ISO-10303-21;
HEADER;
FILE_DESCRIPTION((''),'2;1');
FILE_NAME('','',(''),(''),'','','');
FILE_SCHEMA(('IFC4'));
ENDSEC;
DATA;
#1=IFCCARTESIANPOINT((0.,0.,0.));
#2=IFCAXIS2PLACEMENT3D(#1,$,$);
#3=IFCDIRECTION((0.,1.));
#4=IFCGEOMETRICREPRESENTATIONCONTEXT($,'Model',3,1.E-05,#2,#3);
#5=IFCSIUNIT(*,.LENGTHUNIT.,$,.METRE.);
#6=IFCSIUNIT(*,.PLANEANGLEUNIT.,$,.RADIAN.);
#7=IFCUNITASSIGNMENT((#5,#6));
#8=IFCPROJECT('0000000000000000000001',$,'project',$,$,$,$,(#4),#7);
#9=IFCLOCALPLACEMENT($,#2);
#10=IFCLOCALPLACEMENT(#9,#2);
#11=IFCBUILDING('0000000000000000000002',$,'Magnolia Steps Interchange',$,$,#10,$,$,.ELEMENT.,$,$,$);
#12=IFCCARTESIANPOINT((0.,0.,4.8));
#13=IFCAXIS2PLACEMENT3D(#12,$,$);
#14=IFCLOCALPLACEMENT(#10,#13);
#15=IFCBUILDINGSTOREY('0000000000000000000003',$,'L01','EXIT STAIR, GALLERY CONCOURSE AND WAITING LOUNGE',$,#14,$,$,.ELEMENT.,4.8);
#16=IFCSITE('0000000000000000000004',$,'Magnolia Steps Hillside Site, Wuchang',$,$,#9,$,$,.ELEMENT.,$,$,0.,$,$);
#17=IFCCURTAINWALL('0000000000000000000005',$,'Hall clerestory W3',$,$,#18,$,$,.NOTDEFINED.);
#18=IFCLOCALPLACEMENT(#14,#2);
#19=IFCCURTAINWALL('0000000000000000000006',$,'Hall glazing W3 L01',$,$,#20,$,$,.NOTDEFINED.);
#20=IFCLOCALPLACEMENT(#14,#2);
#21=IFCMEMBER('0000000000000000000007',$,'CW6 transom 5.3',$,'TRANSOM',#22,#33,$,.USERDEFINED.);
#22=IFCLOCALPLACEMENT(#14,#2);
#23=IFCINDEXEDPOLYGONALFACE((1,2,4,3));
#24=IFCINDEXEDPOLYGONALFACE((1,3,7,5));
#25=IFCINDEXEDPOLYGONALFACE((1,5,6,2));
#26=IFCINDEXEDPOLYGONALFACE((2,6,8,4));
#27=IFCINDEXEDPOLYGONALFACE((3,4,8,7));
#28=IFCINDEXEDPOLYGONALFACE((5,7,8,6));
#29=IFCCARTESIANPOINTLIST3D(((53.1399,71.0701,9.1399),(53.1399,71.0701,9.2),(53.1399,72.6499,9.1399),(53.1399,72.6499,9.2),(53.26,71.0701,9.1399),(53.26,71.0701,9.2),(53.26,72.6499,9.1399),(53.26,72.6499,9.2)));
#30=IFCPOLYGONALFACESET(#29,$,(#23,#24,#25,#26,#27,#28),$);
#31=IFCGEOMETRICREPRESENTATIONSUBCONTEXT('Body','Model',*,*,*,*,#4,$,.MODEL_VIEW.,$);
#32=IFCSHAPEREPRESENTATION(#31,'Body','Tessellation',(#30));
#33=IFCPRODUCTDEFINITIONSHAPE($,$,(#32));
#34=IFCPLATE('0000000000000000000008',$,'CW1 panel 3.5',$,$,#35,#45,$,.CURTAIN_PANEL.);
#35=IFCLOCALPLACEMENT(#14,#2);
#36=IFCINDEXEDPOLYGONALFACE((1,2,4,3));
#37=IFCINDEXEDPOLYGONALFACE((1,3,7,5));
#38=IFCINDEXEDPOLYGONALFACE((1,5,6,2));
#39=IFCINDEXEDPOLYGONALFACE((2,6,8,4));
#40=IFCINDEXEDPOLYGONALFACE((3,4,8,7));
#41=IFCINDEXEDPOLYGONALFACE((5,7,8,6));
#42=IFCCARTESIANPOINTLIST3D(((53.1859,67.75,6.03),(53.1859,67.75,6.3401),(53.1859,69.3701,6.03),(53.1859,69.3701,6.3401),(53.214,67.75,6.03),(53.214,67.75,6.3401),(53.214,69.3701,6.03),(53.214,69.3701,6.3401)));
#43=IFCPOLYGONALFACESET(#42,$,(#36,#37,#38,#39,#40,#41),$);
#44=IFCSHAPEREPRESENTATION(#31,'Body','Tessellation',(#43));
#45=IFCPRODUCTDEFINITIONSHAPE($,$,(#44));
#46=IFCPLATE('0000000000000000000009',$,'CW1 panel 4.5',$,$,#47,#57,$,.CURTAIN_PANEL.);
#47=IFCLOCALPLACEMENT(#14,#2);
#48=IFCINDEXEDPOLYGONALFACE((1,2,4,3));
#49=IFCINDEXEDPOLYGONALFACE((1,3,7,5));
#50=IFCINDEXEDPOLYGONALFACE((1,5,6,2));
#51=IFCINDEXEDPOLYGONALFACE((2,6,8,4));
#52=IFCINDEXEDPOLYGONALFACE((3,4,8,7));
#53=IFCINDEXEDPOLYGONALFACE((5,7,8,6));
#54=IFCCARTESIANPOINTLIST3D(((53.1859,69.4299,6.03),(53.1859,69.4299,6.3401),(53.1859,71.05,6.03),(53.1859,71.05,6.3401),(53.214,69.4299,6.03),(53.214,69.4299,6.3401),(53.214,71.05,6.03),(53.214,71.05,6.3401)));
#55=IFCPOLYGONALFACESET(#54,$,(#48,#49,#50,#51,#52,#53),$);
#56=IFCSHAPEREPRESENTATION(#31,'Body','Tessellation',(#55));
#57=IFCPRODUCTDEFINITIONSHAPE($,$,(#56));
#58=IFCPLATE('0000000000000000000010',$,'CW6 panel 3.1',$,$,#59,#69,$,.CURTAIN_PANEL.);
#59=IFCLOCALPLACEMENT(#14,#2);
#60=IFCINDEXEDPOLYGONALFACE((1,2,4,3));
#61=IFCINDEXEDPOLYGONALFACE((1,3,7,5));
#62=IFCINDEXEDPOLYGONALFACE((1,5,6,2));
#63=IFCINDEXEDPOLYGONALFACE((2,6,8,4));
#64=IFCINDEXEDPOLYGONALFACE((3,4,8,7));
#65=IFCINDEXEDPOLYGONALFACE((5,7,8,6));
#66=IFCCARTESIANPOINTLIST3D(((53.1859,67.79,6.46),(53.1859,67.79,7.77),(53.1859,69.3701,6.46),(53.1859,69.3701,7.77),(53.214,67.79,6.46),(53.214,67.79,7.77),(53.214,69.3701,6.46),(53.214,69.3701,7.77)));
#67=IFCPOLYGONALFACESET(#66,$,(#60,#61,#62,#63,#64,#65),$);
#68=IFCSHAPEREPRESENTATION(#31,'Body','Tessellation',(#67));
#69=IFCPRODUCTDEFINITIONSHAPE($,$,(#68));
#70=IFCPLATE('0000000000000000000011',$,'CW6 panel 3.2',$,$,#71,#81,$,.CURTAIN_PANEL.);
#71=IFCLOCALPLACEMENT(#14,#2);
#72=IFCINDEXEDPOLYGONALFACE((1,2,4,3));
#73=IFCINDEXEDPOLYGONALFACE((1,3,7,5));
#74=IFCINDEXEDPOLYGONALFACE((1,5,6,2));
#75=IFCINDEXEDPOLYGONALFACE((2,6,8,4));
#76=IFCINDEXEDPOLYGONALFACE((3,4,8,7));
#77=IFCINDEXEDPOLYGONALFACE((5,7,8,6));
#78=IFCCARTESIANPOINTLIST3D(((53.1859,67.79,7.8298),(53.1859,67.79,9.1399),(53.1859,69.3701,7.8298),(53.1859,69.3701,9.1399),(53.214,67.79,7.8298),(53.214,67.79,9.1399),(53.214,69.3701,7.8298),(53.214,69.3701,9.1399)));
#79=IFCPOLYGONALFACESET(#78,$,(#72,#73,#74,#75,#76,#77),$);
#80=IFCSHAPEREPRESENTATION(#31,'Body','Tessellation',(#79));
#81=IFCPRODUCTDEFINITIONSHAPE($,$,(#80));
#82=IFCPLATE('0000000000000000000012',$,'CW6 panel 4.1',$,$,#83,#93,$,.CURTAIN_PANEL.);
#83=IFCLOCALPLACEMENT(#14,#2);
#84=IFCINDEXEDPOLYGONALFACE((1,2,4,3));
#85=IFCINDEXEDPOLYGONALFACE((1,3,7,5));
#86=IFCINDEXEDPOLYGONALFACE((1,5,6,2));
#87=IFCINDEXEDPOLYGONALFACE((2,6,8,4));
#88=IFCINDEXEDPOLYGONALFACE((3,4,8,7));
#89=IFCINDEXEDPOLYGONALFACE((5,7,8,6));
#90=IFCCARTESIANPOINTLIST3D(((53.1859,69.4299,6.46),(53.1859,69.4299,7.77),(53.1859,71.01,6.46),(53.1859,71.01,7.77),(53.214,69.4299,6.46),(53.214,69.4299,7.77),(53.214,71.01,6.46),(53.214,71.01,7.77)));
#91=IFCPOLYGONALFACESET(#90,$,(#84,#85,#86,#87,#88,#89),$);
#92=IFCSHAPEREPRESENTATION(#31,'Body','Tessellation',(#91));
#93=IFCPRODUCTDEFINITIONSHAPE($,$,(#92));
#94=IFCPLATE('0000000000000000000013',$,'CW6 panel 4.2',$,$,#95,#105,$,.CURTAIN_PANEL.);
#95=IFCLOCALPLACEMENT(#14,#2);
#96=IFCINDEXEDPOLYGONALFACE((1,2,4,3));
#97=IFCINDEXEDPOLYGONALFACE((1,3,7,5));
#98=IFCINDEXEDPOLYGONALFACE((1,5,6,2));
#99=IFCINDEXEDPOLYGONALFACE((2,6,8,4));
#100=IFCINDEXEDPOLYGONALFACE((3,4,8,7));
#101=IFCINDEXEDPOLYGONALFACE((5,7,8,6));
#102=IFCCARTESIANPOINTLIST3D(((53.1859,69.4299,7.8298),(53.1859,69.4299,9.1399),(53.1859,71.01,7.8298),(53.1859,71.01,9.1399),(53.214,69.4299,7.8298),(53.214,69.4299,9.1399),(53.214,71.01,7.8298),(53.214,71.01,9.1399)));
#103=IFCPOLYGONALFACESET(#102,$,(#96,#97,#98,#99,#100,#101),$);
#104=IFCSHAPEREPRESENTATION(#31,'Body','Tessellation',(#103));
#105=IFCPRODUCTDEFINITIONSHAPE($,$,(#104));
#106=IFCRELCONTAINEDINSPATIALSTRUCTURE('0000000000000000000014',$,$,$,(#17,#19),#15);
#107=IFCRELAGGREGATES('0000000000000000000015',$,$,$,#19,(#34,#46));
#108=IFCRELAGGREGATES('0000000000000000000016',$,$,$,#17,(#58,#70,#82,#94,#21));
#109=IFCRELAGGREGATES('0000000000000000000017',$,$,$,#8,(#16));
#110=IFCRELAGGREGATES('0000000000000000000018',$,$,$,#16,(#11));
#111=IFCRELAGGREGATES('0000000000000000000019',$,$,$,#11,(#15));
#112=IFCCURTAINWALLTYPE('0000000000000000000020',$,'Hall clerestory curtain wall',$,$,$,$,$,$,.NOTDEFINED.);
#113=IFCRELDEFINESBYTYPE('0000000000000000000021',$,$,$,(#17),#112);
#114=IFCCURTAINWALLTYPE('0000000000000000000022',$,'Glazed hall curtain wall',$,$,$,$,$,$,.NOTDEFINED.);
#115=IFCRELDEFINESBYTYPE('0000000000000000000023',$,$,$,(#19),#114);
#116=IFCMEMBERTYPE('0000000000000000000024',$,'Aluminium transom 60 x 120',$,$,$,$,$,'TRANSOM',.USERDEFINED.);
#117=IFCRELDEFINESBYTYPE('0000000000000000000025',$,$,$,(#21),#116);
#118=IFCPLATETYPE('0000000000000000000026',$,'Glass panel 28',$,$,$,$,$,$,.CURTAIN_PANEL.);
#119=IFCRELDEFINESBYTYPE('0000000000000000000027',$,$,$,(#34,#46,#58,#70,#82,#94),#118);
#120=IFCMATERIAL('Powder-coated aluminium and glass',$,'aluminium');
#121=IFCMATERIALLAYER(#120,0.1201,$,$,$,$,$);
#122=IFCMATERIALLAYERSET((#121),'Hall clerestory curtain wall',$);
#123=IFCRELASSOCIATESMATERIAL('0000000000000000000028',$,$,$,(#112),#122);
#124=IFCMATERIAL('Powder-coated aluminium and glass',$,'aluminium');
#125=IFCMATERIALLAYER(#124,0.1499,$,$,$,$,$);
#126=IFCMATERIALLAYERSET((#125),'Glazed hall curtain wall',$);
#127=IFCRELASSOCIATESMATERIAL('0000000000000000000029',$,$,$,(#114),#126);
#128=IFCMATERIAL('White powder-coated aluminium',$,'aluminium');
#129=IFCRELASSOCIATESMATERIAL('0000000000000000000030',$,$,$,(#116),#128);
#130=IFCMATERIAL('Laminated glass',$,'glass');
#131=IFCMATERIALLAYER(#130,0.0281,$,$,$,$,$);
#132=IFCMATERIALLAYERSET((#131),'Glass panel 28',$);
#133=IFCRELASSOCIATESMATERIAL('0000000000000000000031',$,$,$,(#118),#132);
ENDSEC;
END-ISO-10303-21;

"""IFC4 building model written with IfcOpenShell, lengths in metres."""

from ifc_helpers import new_model, si_unit, direction, frame, origin, origin_2d, place, context, subcontext, project, spatial, rectangle, extrude, material, layer, layer_set, material_profile, profile_set, type_object, element, aggregate, save


model = new_model("IFC4")

# Units and contexts
model_context = context("Model", 3, precision=1e-05, world=origin(), true_north=direction((0.0, 1.0)))
body_context = subcontext(model_context, "Body", "Model", "MODEL_VIEW")
ifc_project = project(units=[si_unit("LENGTHUNIT", "METRE"), si_unit("PLANEANGLEUNIT", "RADIAN")], contexts=[model_context])

# Site, building, storey
site_placement = place(None, origin())
site = spatial("IfcSite", under=ifc_project, at=site_placement, Name="Magnolia Steps Hillside Site, Wuchang", CompositionType="ELEMENT", RefElevation=0.0)
building_placement = place(site_placement, origin())
building = spatial("IfcBuilding", under=site, at=building_placement, Name="Magnolia Steps Interchange", CompositionType="ELEMENT")
storey_placement = place(building_placement, frame((0.0, 0.0, 4.8)))
storey = spatial("IfcBuildingStorey", under=building, at=storey_placement, Name="L01", Description="EXIT STAIR, GALLERY CONCOURSE AND WAITING LOUNGE", CompositionType="ELEMENT", Elevation=4.8)

# Curtain walls
ifc_material_1 = material(Name="Powder-coated aluminium and glass", Category="aluminium")
ifc_layer_1 = layer(ifc_material_1, 0.1201)
ifc_layer_set_1 = layer_set([ifc_layer_1], Name="Hall clerestory curtain wall")
curtain_wall_type_1 = type_object("IfcCurtainWallType", Name="Hall clerestory curtain wall", PredefinedType="NOTDEFINED", material=ifc_layer_set_1)
curtain_wall_1_placement = place(storey_placement, origin())
curtain_wall_1 = element("IfcCurtainWall", 1, at=curtain_wall_1_placement, inside=storey, type_object=curtain_wall_type_1, Name="Hall clerestory W3", PredefinedType="NOTDEFINED")
ifc_material_2 = material(Name="Powder-coated aluminium and glass", Category="aluminium")
ifc_layer_2 = layer(ifc_material_2, 0.1499)
ifc_layer_set_2 = layer_set([ifc_layer_2], Name="Glazed hall curtain wall")
curtain_wall_type_2 = type_object("IfcCurtainWallType", Name="Glazed hall curtain wall", PredefinedType="NOTDEFINED", material=ifc_layer_set_2)
curtain_wall_2_placement = place(storey_placement, origin())
curtain_wall_2 = element("IfcCurtainWall", 2, at=curtain_wall_2_placement, inside=storey, type_object=curtain_wall_type_2, Name="Hall glazing W3 L01", PredefinedType="NOTDEFINED")
ifc_material_3 = material(Name="White powder-coated aluminium", Category="aluminium")
ifc_material_profile_1 = material_profile(ifc_material_3, rectangle(XDim=0.0601, YDim=0.1201, at=origin_2d()), Name="Aluminium transom 60 x 120")
ifc_profile_set_1 = profile_set([ifc_material_profile_1], Name="White powder-coated aluminium")
member_type_1 = type_object("IfcMemberType", Name="Aluminium transom 60 x 120", ElementType="TRANSOM", PredefinedType="USERDEFINED", material=ifc_profile_set_1)

# Member
member_1_placement = place(storey_placement, frame((53.2, 71.0701, 9.1699), z_axis=(0.0, 1.0, 0.0), x_axis=(0.0, 0.0, 1.0)))
member_1 = element("IfcMember", 3, at=member_1_placement, type_object=member_type_1, Name="CW6 transom 5.3", ObjectType="TRANSOM", PredefinedType="USERDEFINED", context=body_context, shape_type="SweptSolid", body=[
    extrude(rectangle(XDim=0.0601, YDim=0.1201, at=origin_2d()), origin(), (0.0, 0.0, 1.0), 1.5798),
])

# Plates
ifc_material_4 = material(Name="Laminated glass", Category="glass")
ifc_layer_3 = layer(ifc_material_4, 0.0281)
ifc_layer_set_3 = layer_set([ifc_layer_3], Name="Glass panel 28")
plate_type = type_object("IfcPlateType", Name="Glass panel 28", PredefinedType="CURTAIN_PANEL", material=ifc_layer_set_3)
plate_1_placement = place(storey_placement, frame((53.2, 68.5601, 6.03), z_axis=(0.0, 0.0, 1.0), x_axis=(0.0, 1.0, 0.0)))
plate_1 = element("IfcPlate", 4, at=plate_1_placement, type_object=plate_type, Name="CW1 panel 3.5", PredefinedType="CURTAIN_PANEL", context=body_context, shape_type="SweptSolid", body=[
    extrude(rectangle(XDim=1.6201, YDim=0.0281, at=origin_2d()), origin(), (0.0, 0.0, 1.0), 0.3101),
])
plate_2_placement = place(storey_placement, frame((53.2, 70.24, 6.03), z_axis=(0.0, 0.0, 1.0), x_axis=(0.0, 1.0, 0.0)))
plate_2 = element("IfcPlate", 5, at=plate_2_placement, type_object=plate_type, Name="CW1 panel 4.5", PredefinedType="CURTAIN_PANEL", context=body_context, shape_type="SweptSolid", body=[
    extrude(rectangle(XDim=1.6201, YDim=0.0281, at=origin_2d()), origin(), (0.0, 0.0, 1.0), 0.3101),
])
aggregate(curtain_wall_2, [plate_1, plate_2])
plate_3_placement = place(storey_placement, frame((53.2, 68.5801, 6.46), z_axis=(0.0, 0.0, 1.0), x_axis=(0.0, 1.0, 0.0)))
plate_3 = element("IfcPlate", 6, at=plate_3_placement, type_object=plate_type, Name="CW6 panel 3.1", PredefinedType="CURTAIN_PANEL", context=body_context, shape_type="SweptSolid", body=[
    extrude(rectangle(XDim=1.5801, YDim=0.0281, at=origin_2d()), origin(), (0.0, 0.0, 1.0), 1.3101),
])
plate_4_placement = place(storey_placement, frame((53.2, 68.5801, 7.8298), z_axis=(0.0, 0.0, 1.0), x_axis=(0.0, 1.0, 0.0)))
plate_4 = element("IfcPlate", 7, at=plate_4_placement, type_object=plate_type, Name="CW6 panel 3.2", PredefinedType="CURTAIN_PANEL", context=body_context, shape_type="SweptSolid", body=[
    extrude(rectangle(XDim=1.5801, YDim=0.0281, at=origin_2d()), origin(), (0.0, 0.0, 1.0), 1.3101),
])
plate_5_placement = place(storey_placement, frame((53.2, 70.22, 6.46), z_axis=(0.0, 0.0, 1.0), x_axis=(0.0, 1.0, 0.0)))
plate_5 = element("IfcPlate", 8, at=plate_5_placement, type_object=plate_type, Name="CW6 panel 4.1", PredefinedType="CURTAIN_PANEL", context=body_context, shape_type="SweptSolid", body=[
    extrude(rectangle(XDim=1.5801, YDim=0.0281, at=origin_2d()), origin(), (0.0, 0.0, 1.0), 1.3101),
])
plate_6_placement = place(storey_placement, frame((53.2, 70.22, 7.8298), z_axis=(0.0, 0.0, 1.0), x_axis=(0.0, 1.0, 0.0)))
plate_6 = element("IfcPlate", 9, at=plate_6_placement, type_object=plate_type, Name="CW6 panel 4.2", PredefinedType="CURTAIN_PANEL", context=body_context, shape_type="SweptSolid", body=[
    extrude(rectangle(XDim=1.5801, YDim=0.0281, at=origin_2d()), origin(), (0.0, 0.0, 1.0), 1.3101),
])
aggregate(curtain_wall_1, [plate_3, plate_4, plate_5, plate_6, member_1])

save(model, "model.ifc")
